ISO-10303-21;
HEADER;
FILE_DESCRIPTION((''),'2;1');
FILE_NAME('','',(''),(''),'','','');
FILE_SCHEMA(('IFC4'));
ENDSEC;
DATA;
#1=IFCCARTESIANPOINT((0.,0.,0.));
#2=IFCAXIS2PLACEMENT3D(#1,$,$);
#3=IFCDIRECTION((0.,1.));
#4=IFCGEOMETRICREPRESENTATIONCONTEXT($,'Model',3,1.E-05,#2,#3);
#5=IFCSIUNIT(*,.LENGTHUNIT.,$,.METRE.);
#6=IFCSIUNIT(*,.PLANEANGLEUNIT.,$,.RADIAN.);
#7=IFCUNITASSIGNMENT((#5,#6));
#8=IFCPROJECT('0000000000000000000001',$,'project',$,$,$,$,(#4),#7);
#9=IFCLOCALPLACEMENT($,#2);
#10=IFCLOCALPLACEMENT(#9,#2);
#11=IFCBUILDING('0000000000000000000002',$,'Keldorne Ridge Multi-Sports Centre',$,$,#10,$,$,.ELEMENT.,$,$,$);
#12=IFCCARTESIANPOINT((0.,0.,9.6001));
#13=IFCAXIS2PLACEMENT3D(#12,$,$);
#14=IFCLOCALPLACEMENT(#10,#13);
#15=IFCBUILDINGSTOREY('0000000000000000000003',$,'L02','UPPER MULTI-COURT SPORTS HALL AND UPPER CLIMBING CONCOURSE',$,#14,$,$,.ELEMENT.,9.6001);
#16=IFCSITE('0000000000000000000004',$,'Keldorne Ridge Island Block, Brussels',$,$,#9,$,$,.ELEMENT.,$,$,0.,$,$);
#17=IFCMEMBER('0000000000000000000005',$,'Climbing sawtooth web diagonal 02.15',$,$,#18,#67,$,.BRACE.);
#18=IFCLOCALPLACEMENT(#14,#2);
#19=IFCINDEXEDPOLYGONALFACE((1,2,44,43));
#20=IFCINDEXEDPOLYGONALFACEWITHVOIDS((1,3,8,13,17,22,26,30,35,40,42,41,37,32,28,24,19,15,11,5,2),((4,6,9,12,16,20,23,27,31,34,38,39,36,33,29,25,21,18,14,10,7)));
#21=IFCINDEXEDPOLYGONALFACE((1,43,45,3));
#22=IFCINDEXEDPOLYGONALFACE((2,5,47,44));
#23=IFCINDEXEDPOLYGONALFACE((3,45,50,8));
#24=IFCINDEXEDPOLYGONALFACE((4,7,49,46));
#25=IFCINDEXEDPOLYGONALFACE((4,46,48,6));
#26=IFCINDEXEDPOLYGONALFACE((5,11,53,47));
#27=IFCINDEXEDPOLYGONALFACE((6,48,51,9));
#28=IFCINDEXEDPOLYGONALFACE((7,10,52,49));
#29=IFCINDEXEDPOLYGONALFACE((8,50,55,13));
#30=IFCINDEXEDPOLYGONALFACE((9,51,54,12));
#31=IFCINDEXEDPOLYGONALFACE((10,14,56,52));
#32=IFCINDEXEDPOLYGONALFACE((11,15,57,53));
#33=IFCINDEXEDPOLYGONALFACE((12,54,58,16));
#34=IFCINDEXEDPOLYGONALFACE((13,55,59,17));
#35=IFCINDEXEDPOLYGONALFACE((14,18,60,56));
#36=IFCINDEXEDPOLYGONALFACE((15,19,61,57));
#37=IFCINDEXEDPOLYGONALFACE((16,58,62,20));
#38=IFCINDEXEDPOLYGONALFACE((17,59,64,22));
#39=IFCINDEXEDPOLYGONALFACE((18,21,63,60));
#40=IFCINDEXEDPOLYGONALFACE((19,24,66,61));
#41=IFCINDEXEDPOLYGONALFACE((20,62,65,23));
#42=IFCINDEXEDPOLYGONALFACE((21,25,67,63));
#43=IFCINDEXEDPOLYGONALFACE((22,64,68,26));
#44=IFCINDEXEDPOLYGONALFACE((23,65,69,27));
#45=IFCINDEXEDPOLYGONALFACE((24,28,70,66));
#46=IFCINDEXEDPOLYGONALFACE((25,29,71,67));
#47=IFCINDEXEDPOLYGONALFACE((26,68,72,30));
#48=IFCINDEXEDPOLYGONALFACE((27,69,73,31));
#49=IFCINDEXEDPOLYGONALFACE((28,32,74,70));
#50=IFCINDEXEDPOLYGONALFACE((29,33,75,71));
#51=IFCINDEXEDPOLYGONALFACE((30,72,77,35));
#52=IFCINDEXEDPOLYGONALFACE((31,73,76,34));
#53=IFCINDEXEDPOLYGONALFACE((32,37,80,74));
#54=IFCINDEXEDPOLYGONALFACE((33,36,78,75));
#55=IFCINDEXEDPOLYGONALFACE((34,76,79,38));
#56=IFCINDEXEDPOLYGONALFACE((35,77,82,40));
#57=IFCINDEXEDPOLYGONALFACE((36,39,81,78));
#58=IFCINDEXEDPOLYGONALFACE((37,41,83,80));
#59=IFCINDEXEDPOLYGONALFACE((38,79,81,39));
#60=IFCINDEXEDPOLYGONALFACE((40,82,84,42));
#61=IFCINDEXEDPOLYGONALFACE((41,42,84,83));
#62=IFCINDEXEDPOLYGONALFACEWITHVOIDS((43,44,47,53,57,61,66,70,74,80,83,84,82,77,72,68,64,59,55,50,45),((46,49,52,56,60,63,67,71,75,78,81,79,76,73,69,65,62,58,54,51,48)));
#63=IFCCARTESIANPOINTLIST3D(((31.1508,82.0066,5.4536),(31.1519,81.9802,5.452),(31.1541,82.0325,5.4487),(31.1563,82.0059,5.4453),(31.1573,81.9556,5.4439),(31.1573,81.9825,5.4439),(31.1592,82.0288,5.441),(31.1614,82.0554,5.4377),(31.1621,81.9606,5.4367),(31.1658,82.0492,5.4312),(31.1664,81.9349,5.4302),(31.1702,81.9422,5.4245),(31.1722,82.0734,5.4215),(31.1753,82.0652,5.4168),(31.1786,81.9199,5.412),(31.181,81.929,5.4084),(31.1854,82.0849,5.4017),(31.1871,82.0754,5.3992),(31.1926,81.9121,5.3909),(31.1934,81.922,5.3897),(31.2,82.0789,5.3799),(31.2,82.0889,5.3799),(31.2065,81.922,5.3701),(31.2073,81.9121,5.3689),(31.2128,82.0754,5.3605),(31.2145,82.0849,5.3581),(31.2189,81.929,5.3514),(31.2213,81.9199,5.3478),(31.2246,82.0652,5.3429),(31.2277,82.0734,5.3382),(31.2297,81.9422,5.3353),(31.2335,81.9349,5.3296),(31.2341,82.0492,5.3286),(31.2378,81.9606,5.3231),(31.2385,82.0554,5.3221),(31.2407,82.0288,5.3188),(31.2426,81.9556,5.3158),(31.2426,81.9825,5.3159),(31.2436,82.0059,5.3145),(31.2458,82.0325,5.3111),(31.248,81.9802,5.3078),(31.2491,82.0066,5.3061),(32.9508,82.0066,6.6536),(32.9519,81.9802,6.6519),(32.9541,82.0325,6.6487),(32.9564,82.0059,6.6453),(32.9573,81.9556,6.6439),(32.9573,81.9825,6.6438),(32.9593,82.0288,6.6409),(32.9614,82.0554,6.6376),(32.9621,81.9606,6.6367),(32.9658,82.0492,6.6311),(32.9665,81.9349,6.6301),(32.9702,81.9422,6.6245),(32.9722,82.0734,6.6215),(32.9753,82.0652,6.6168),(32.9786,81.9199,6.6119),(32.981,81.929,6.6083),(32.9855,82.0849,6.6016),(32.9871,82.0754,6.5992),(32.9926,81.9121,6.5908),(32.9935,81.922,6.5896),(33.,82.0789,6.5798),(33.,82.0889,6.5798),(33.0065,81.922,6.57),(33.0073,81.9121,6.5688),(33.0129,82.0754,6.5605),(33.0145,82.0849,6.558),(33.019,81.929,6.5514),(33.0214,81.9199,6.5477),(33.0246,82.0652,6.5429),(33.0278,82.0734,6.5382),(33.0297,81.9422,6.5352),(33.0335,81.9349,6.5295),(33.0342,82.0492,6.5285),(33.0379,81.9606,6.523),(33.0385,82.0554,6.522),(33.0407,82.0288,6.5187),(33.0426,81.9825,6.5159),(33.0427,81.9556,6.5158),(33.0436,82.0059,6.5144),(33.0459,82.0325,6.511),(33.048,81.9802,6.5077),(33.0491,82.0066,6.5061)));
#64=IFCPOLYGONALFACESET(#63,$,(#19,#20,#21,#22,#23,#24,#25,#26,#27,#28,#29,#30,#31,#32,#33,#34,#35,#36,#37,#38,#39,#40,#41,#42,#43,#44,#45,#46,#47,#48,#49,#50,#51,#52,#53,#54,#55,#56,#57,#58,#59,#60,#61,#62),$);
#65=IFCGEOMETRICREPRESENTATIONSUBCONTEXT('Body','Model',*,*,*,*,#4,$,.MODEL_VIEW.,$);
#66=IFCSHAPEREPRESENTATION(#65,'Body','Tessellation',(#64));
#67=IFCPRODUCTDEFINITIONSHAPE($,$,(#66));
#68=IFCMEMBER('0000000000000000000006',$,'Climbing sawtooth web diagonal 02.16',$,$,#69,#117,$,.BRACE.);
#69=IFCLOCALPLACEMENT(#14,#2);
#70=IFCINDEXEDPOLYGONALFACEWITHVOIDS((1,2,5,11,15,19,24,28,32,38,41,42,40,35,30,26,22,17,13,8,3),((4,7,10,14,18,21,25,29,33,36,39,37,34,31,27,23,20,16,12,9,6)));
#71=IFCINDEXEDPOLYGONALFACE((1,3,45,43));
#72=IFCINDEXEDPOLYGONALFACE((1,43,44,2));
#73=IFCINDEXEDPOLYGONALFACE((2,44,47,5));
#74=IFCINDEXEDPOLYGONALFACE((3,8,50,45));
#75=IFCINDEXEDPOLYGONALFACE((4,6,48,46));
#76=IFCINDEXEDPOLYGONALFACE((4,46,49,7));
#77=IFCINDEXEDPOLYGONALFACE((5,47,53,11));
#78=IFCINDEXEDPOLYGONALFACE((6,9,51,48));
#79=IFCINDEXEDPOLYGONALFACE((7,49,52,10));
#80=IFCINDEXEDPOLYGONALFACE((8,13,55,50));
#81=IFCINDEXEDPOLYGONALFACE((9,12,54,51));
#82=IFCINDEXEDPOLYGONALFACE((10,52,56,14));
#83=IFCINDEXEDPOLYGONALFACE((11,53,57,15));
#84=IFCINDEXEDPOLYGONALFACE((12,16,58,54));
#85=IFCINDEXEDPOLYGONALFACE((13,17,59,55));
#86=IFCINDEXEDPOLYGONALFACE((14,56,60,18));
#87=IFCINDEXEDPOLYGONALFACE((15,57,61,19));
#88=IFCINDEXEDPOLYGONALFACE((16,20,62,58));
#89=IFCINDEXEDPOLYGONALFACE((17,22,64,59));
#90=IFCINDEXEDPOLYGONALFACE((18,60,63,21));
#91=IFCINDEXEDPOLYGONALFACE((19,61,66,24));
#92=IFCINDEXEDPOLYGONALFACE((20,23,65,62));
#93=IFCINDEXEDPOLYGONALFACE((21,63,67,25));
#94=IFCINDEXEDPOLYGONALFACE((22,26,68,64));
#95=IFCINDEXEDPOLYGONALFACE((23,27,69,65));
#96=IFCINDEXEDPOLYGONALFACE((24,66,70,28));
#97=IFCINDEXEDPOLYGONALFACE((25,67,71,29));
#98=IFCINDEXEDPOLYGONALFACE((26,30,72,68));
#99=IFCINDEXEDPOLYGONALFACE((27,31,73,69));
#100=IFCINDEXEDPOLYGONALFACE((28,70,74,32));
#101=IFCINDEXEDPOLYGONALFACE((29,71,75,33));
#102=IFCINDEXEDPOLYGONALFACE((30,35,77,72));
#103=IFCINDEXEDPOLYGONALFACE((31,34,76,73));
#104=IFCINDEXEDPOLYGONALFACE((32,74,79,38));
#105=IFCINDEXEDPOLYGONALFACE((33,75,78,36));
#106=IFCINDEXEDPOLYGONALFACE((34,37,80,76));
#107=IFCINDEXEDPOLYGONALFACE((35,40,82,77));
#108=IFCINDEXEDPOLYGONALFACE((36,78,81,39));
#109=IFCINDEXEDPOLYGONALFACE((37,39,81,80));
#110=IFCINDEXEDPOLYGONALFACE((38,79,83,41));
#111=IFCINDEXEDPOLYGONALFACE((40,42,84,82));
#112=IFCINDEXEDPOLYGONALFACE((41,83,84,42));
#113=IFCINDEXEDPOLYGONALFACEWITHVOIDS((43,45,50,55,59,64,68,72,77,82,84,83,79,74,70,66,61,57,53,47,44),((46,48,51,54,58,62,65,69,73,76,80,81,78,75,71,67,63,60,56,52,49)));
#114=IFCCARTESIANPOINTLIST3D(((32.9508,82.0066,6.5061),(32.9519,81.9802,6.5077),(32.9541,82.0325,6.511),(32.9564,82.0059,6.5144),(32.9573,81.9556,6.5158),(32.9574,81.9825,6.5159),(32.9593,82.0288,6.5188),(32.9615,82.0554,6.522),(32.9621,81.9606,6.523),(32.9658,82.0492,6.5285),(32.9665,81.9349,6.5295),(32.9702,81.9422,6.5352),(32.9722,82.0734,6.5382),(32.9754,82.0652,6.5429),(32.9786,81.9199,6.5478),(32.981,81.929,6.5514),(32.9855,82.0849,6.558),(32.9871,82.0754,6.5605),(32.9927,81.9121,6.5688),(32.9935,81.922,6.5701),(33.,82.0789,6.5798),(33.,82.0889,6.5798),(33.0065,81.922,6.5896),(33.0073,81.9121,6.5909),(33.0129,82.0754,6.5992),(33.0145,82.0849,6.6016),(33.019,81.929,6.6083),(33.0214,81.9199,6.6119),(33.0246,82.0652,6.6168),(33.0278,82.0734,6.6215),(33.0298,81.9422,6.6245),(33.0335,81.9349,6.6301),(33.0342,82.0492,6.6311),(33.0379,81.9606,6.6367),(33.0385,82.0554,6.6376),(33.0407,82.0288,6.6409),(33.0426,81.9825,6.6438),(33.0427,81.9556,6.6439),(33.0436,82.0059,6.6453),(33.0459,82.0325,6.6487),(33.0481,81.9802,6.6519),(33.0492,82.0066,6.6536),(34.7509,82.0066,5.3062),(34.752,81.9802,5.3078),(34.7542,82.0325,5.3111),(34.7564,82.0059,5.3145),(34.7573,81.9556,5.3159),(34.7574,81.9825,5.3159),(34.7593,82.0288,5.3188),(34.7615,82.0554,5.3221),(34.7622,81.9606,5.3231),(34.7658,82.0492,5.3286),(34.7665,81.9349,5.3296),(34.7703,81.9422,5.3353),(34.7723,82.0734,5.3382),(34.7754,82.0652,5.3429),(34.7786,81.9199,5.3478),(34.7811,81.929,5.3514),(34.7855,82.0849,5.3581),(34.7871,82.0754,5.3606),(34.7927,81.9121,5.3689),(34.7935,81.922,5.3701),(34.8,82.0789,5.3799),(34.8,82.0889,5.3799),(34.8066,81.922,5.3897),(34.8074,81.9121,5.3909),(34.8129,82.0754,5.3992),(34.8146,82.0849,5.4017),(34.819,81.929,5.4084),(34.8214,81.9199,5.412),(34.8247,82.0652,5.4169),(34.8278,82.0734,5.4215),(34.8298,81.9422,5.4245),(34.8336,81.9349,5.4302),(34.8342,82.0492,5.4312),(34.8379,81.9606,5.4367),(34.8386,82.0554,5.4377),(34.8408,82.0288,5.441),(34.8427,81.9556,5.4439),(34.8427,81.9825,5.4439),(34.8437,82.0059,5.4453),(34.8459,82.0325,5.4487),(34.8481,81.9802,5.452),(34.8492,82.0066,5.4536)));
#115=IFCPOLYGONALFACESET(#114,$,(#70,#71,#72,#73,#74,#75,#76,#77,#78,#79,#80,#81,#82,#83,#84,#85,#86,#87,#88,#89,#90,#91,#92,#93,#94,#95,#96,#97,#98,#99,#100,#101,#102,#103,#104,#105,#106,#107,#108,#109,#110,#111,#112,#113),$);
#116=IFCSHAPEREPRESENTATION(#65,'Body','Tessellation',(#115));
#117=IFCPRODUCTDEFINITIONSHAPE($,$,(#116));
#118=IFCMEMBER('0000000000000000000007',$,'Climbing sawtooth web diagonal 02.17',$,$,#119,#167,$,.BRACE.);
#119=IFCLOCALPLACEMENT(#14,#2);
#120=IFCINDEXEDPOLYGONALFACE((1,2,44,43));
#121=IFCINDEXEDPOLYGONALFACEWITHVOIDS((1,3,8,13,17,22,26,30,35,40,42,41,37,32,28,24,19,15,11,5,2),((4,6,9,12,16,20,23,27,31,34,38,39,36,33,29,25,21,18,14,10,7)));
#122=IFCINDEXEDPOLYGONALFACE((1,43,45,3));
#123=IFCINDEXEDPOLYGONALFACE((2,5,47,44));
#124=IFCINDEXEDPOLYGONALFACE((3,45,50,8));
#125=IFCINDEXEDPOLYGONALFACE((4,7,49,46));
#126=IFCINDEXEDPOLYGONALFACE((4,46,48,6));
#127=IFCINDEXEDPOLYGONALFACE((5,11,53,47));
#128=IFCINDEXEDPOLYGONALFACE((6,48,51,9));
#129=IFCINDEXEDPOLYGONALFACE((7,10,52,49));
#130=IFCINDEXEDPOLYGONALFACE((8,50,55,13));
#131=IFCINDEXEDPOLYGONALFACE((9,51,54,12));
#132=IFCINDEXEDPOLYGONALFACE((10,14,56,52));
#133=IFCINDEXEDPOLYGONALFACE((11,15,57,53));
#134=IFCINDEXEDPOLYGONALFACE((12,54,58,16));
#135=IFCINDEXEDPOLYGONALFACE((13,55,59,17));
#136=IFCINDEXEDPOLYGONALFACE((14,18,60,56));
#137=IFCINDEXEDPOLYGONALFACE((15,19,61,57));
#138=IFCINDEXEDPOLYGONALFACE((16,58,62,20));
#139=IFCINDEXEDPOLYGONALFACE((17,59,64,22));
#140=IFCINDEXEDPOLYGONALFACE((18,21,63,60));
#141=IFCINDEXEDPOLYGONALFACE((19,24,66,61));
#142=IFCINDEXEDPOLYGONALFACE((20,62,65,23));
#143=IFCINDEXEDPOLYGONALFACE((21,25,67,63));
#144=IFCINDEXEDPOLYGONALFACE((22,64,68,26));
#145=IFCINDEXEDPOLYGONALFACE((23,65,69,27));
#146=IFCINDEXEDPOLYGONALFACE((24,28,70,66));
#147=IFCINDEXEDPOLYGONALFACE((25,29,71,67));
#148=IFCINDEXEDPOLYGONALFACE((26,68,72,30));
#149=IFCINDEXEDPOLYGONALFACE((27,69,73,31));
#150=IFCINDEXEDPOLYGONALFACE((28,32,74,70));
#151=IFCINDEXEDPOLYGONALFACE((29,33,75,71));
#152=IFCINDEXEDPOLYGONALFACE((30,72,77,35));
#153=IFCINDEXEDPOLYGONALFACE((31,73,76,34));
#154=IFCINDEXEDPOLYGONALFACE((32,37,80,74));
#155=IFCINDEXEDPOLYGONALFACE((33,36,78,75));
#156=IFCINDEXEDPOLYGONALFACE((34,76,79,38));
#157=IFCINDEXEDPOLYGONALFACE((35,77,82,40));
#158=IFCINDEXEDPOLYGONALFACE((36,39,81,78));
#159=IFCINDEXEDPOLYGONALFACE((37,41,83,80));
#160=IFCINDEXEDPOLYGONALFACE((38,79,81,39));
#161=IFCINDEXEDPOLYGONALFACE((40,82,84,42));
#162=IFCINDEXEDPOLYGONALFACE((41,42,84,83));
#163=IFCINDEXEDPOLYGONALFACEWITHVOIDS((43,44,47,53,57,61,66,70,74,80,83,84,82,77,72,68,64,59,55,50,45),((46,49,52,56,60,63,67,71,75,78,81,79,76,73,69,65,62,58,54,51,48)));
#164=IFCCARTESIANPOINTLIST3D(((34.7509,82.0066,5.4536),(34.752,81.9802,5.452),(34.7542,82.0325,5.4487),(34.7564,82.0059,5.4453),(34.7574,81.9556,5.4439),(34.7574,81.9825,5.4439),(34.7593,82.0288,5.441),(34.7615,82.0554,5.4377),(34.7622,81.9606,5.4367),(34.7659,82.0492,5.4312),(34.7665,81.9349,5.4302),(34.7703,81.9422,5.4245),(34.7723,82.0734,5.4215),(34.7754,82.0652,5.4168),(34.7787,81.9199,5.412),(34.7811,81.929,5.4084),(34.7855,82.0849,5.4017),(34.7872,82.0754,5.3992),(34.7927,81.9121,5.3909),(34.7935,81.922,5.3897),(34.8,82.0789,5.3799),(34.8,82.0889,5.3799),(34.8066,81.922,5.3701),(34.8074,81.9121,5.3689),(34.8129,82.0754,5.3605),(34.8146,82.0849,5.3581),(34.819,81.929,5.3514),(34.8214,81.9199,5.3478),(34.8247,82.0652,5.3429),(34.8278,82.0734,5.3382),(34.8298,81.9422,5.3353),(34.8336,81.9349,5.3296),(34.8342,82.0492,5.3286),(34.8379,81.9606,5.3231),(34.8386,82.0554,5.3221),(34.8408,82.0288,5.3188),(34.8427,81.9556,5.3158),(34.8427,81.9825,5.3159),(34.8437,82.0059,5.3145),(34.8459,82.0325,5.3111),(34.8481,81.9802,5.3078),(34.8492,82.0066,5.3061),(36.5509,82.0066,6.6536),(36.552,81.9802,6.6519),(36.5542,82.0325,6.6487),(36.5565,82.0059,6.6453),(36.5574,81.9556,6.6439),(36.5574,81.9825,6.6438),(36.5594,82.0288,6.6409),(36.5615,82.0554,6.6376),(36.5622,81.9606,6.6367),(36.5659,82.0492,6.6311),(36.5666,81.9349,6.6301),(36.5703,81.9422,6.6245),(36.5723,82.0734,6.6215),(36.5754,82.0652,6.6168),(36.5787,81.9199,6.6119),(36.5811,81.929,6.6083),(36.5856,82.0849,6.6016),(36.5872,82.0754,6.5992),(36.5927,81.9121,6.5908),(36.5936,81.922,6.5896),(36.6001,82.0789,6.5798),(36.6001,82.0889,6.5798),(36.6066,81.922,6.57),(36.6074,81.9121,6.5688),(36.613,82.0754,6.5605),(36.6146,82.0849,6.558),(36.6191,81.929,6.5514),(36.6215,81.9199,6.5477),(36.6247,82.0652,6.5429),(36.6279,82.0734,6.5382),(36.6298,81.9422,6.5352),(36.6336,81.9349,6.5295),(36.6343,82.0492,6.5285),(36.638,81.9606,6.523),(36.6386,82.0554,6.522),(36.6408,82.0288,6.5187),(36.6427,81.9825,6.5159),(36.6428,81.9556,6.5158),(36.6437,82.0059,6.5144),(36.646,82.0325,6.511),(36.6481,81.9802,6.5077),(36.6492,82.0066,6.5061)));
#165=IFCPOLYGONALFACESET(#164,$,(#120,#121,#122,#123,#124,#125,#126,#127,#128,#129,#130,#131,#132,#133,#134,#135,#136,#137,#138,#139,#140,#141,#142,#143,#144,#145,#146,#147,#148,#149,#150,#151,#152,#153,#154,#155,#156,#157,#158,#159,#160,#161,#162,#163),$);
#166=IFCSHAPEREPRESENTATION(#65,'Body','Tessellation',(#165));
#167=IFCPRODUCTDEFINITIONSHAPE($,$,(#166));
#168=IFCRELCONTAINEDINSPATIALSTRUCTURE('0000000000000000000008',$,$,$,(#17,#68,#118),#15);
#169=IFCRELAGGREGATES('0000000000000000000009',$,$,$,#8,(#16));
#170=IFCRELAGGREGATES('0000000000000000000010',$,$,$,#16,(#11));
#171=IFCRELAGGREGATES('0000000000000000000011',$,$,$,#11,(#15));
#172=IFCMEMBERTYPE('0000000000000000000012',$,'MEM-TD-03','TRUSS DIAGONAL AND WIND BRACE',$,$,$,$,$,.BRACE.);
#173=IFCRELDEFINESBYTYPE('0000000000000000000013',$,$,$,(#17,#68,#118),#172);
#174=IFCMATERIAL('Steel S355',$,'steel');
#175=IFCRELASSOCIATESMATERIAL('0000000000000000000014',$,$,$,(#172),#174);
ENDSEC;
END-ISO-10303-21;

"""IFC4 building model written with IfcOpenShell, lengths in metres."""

from ifc_helpers import new_model, si_unit, direction, frame, origin, origin_2d, place, context, subcontext, project, spatial, hollow_circle, extrude, material, material_profile, profile_set, type_object, element, save


model = new_model("IFC4")

# Units and contexts
model_context = context("Model", 3, precision=1e-05, world=origin(), true_north=direction((0.0, 1.0)))
body_context = subcontext(model_context, "Body", "Model", "MODEL_VIEW")
ifc_project = project(units=[si_unit("LENGTHUNIT", "METRE"), si_unit("PLANEANGLEUNIT", "RADIAN")], contexts=[model_context])

# Site, building, storey
site_placement = place(None, origin())
site = spatial("IfcSite", under=ifc_project, at=site_placement, Name="Keldorne Ridge Island Block, Brussels", CompositionType="ELEMENT", RefElevation=0.0)
building_placement = place(site_placement, origin())
building = spatial("IfcBuilding", under=site, at=building_placement, Name="Keldorne Ridge Multi-Sports Centre", CompositionType="ELEMENT")
storey_placement = place(building_placement, frame((0.0, 0.0, 9.6001)))
storey = spatial("IfcBuildingStorey", under=building, at=storey_placement, Name="L02", Description="UPPER MULTI-COURT SPORTS HALL AND UPPER CLIMBING CONCOURSE", CompositionType="ELEMENT", Elevation=9.6001)

# Shared definitions
ifc_material = material(Name="Steel S355", Category="steel")

# Members
ifc_material_profile_1 = material_profile(ifc_material, hollow_circle(Radius=0.0889, WallThickness=0.01, at=origin_2d()), Name="CHS 177.8x10")
ifc_profile_set_1 = profile_set([ifc_material_profile_1], Name="Steel S355")
member_type_1 = type_object("IfcMemberType", Name="MEM-TD-03", Description="TRUSS DIAGONAL AND WIND BRACE", PredefinedType="BRACE", material=ifc_profile_set_1)
for number, where, z_axis, x_axis, name in (
    (1, (31.2, 82.0, 5.3799), (0.832068, 0.0, 0.554674), (0.0, 1.0, 0.0), "Climbing sawtooth web diagonal 02.15"),
    (2, (33.0, 82.0, 6.5798), (0.832068, 0.0, -0.554674), (0.0, 1.0, 0.0), "Climbing sawtooth web diagonal 02.16"),
    (3, (34.8, 82.0, 5.3799), (0.832068, 0.0, 0.554674), (0.0, 1.0, 0.0), "Climbing sawtooth web diagonal 02.17"),
):
    element("IfcMember", number, at=place(storey_placement, frame(where, z_axis=z_axis, x_axis=x_axis)), inside=storey, type_object=member_type_1, Name=name, PredefinedType="BRACE", context=body_context, shape_type="SweptSolid", body=[
        extrude(hollow_circle(Radius=0.0889, WallThickness=0.01, at=origin_2d()), origin(), (0.0, 0.0, 1.0), 2.1633),
    ])

save(model, "model.ifc")
